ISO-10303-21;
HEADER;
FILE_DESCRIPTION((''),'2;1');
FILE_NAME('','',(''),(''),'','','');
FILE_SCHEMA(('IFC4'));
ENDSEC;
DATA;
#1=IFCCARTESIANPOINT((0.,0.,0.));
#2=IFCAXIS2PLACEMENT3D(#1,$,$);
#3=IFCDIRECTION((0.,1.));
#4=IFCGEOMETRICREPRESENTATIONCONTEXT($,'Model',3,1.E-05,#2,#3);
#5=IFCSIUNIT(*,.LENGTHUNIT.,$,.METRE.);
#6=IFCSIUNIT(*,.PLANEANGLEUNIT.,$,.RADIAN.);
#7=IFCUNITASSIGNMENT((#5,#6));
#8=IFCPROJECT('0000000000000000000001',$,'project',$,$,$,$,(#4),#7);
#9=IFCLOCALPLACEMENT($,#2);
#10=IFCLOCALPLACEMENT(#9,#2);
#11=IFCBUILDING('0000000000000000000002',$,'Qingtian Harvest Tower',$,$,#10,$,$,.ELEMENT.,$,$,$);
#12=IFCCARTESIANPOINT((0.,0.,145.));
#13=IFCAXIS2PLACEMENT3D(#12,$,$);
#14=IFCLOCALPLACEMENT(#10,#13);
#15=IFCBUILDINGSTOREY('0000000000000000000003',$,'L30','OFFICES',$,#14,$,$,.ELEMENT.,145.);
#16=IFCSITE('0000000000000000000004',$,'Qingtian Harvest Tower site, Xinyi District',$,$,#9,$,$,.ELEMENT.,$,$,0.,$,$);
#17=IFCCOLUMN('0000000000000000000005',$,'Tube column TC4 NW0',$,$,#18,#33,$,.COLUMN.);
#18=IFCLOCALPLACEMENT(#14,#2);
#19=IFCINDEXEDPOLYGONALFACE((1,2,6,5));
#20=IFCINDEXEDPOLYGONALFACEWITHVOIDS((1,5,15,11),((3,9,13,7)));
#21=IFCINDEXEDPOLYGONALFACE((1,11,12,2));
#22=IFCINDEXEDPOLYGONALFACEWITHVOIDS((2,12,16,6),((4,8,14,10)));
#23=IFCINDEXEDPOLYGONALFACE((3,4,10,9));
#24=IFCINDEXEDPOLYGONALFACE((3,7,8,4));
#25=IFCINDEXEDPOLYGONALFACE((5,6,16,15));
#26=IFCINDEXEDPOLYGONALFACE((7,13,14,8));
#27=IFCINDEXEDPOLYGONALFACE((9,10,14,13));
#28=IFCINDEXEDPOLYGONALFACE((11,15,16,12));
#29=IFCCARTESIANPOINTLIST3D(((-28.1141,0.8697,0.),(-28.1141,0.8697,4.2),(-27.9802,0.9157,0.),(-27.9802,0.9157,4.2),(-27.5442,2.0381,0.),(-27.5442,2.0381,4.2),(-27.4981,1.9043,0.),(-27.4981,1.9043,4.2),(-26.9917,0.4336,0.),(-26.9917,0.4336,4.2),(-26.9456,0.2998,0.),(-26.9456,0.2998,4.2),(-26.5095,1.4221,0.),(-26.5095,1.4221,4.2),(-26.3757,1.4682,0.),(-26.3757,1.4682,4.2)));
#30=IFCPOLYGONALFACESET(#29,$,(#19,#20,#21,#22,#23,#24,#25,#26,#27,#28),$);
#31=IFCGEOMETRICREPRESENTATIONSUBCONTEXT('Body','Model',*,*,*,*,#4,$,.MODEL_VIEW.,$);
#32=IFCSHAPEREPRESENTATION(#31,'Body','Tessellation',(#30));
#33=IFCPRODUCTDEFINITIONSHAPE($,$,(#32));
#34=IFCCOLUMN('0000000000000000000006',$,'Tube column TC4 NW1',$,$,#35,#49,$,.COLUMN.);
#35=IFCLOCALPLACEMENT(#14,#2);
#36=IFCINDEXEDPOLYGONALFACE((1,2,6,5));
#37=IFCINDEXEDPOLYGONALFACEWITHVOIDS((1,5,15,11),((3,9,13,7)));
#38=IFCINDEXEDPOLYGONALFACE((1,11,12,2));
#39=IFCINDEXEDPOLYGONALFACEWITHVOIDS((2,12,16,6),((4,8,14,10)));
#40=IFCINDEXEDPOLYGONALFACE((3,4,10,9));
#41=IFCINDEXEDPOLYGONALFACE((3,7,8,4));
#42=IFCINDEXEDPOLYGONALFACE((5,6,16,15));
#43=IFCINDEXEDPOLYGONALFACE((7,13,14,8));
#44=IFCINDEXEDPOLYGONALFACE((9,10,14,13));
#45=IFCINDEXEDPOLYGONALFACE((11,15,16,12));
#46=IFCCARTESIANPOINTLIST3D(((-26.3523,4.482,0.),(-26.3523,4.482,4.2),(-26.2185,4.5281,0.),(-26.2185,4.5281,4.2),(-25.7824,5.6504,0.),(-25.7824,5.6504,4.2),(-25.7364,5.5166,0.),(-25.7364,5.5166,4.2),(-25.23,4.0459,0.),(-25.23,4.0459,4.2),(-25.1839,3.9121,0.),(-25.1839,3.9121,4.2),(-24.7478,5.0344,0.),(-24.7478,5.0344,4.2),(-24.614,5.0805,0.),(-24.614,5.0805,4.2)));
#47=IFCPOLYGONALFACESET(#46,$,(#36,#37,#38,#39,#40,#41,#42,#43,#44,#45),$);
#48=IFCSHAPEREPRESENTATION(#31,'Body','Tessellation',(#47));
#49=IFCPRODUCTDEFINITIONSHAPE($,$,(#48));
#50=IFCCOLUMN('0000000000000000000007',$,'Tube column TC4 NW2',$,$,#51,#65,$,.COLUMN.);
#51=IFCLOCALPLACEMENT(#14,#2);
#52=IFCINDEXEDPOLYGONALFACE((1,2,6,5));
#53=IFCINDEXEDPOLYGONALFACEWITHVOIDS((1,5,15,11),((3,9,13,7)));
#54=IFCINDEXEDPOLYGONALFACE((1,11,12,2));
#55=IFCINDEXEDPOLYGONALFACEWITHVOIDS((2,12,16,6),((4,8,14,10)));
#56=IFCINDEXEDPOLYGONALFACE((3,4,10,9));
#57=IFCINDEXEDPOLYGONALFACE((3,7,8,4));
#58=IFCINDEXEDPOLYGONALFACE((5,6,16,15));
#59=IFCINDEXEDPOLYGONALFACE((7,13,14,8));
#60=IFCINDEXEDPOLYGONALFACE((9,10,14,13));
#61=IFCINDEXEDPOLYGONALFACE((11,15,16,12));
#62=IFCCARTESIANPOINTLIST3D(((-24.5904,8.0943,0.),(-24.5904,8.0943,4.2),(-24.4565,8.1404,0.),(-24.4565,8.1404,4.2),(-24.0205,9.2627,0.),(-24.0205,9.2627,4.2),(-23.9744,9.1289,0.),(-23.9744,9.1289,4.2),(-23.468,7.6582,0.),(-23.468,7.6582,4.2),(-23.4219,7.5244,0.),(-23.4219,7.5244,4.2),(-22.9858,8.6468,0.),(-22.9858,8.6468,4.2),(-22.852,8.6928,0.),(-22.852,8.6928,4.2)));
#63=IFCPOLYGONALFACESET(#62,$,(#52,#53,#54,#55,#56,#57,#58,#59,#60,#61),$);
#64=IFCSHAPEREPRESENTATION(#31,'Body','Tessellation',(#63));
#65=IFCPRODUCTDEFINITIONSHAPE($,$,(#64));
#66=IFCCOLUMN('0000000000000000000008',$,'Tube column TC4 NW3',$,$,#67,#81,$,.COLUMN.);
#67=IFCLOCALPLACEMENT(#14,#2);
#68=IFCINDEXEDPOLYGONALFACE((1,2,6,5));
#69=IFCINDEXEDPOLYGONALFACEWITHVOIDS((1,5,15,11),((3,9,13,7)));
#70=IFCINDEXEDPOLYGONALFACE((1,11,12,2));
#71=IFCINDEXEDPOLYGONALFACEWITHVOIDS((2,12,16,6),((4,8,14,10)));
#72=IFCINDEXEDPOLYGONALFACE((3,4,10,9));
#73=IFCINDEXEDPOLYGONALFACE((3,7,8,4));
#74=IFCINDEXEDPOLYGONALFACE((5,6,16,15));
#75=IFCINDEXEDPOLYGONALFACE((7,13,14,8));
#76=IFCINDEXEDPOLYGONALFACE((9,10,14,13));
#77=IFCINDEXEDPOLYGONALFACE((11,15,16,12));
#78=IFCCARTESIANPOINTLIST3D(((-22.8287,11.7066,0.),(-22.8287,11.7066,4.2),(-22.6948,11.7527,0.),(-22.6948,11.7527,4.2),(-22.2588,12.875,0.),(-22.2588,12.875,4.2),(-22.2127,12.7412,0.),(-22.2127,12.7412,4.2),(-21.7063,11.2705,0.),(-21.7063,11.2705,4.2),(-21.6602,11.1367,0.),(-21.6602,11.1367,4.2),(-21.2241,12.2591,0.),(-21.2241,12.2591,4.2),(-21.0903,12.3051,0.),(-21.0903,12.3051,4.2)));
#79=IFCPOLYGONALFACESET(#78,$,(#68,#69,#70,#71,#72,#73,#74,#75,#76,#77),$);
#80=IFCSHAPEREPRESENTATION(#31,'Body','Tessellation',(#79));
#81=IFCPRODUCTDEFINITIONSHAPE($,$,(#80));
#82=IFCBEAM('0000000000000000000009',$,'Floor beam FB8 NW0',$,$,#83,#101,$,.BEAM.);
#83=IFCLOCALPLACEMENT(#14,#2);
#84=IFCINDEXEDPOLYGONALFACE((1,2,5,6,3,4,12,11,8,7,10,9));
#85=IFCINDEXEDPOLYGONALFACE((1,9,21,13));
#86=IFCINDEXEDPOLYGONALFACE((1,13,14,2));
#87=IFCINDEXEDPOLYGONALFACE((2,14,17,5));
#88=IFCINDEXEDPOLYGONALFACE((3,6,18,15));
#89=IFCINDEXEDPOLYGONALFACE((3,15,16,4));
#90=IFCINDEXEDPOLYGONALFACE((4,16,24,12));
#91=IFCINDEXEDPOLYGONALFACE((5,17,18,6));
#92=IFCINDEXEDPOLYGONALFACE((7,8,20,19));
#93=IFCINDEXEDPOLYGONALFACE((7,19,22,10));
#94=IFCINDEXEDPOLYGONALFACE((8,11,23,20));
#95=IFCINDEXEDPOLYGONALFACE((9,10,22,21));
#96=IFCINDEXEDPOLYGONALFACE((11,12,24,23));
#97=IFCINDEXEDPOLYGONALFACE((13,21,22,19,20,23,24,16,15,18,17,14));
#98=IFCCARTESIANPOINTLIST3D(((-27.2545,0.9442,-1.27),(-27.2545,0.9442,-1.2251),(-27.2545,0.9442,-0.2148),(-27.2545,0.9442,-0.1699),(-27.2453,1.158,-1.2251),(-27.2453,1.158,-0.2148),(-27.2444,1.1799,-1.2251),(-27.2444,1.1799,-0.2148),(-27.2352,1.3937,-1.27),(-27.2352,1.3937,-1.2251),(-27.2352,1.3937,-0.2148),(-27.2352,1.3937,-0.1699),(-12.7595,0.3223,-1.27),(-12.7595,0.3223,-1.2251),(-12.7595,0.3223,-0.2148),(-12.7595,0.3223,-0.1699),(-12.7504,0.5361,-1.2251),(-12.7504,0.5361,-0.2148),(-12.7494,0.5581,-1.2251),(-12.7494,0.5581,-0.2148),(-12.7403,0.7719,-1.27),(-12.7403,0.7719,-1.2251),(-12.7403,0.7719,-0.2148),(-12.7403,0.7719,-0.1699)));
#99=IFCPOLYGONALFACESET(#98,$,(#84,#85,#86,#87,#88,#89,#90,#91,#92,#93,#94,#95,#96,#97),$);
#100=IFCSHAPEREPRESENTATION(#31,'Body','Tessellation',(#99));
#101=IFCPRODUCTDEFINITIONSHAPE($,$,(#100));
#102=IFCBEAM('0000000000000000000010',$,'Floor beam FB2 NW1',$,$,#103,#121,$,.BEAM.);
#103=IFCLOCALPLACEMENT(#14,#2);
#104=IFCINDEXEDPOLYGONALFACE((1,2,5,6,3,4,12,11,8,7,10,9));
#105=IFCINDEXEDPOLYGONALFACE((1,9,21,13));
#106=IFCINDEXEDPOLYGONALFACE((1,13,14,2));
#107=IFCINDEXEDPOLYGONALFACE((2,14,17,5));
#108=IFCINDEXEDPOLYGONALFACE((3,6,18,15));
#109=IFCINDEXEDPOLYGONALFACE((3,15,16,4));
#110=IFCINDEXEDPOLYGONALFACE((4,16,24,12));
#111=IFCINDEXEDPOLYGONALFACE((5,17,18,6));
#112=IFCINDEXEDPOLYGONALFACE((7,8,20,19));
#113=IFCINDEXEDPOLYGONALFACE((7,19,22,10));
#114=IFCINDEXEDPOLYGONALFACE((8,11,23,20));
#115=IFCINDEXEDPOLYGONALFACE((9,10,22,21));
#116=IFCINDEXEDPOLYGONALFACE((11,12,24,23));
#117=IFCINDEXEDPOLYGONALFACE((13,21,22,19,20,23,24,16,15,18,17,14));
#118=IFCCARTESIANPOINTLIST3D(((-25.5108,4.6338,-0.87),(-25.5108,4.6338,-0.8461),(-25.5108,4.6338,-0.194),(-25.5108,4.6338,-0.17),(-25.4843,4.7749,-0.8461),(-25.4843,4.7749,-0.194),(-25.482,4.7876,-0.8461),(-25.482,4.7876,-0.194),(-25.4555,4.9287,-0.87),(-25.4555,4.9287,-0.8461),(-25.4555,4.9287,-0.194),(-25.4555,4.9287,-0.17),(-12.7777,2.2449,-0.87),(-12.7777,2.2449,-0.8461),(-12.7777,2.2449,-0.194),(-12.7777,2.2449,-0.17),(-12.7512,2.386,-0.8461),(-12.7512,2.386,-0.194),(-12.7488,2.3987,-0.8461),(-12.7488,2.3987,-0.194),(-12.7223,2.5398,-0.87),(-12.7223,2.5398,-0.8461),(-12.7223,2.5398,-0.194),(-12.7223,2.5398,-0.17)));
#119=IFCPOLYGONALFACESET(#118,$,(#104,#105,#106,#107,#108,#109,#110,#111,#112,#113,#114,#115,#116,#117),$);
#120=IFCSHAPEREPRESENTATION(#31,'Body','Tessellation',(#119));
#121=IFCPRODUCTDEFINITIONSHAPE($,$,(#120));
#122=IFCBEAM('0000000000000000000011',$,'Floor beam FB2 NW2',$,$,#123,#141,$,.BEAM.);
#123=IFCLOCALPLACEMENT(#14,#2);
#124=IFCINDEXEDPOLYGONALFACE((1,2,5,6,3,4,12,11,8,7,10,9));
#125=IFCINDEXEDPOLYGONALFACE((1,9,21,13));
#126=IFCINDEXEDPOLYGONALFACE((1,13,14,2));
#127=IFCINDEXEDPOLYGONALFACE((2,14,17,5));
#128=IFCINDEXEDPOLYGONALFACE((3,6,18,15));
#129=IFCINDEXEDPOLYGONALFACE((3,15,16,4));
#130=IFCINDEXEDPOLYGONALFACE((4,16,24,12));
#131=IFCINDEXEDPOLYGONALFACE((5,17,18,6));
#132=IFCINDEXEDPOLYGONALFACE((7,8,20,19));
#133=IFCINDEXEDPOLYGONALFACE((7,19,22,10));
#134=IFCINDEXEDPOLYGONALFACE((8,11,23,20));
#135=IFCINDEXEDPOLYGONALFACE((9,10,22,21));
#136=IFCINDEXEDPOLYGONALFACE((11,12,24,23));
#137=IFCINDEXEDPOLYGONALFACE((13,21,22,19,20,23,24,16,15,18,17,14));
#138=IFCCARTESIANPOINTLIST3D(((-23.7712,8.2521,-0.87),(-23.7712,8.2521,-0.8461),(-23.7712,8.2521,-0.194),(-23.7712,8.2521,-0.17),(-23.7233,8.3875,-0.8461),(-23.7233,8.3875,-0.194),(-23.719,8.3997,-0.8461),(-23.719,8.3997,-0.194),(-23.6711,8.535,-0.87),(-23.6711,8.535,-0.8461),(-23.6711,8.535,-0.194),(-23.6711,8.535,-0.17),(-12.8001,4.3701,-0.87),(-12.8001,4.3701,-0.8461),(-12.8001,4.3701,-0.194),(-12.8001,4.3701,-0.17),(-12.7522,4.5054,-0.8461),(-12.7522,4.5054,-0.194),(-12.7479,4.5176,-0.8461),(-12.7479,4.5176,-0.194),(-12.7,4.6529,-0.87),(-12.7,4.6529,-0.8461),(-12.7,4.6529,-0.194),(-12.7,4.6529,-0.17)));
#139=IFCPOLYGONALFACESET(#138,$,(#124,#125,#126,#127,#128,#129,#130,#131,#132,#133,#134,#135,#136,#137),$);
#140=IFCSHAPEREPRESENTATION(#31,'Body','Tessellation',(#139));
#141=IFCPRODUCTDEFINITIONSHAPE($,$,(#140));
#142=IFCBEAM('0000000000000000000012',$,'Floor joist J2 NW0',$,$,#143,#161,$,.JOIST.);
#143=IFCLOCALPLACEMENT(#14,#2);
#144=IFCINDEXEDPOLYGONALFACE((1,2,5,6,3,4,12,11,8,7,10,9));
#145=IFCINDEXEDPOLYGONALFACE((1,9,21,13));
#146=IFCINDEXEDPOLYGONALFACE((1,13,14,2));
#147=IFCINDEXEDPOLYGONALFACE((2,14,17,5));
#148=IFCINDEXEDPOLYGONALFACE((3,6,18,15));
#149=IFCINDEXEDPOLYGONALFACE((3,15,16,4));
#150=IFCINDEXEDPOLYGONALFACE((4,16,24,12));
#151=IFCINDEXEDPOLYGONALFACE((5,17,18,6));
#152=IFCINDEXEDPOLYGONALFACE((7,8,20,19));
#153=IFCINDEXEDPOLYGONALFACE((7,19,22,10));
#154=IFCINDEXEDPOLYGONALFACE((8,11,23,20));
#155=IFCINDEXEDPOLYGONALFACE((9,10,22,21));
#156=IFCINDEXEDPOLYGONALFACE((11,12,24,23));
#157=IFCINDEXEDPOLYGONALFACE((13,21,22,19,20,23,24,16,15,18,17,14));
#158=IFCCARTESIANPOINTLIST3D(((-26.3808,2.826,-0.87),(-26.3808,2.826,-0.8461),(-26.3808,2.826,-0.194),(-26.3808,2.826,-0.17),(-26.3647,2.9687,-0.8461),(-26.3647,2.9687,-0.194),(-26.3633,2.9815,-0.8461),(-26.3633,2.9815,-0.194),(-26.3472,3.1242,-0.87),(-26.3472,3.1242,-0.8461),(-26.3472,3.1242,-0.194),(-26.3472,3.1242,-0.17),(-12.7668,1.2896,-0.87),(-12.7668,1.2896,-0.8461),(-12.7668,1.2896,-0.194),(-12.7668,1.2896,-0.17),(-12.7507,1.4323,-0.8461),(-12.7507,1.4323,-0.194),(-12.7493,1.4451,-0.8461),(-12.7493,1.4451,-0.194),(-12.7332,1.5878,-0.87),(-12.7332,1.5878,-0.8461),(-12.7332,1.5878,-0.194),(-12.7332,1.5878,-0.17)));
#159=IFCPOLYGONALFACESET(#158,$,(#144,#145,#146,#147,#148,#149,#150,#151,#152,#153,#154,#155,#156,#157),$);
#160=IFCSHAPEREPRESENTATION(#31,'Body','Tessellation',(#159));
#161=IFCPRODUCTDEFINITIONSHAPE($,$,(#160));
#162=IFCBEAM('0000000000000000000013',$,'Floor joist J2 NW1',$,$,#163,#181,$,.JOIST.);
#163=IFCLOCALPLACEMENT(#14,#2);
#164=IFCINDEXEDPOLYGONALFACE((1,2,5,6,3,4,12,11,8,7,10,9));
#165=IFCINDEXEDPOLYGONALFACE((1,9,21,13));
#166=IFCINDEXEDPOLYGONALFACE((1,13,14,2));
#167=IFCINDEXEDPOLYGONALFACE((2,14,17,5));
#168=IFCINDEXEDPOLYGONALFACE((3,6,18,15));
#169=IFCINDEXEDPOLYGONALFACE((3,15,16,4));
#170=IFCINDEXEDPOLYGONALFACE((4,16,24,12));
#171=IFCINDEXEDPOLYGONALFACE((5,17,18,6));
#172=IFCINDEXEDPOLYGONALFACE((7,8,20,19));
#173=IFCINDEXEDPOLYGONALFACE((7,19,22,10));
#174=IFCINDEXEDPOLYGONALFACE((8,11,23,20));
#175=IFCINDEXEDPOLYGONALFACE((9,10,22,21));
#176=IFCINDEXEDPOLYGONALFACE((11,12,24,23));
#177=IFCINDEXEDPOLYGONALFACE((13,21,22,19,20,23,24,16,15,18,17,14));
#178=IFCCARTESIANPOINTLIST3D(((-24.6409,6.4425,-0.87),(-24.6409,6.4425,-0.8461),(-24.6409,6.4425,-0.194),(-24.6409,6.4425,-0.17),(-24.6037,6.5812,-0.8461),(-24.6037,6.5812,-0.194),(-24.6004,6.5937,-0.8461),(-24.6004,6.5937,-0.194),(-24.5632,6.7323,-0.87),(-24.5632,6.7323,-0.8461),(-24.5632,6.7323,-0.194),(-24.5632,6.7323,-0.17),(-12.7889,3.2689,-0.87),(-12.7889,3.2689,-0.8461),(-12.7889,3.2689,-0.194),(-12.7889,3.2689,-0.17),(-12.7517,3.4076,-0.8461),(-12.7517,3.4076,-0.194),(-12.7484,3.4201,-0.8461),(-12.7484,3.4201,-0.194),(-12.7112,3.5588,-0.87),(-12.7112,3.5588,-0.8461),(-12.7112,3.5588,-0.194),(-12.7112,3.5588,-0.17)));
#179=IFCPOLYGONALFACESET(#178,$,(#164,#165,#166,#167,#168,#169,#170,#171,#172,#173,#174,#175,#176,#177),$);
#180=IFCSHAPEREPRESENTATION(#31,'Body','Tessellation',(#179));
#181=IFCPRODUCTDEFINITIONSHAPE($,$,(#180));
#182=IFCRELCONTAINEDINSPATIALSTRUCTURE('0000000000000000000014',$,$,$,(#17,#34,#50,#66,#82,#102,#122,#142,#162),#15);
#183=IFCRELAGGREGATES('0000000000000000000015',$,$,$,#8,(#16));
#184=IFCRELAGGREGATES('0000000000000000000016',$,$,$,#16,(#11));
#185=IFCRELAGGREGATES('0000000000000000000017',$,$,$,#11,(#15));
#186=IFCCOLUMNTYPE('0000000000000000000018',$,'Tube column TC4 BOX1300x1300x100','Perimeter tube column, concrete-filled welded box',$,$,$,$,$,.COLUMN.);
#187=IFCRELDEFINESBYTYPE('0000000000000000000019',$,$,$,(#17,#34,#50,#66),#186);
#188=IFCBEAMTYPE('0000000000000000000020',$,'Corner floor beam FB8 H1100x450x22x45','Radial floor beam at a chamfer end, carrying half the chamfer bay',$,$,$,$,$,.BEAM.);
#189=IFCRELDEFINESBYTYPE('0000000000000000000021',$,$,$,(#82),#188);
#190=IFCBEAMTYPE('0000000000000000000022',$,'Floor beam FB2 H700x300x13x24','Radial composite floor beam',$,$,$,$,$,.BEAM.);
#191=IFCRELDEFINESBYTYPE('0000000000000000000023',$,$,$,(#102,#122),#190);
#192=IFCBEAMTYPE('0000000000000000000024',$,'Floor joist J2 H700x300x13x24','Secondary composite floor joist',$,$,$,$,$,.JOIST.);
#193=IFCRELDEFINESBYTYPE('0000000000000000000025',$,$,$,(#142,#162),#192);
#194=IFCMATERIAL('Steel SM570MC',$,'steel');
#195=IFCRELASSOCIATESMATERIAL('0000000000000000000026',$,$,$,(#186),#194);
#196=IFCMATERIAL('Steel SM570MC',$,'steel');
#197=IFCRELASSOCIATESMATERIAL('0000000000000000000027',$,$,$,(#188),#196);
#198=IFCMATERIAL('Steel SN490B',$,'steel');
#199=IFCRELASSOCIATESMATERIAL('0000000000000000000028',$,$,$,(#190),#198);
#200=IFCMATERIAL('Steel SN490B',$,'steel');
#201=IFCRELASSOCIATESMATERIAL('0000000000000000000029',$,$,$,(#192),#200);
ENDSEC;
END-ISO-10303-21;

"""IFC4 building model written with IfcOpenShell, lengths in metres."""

from ifc_helpers import new_model, si_unit, direction, frame, origin, origin_2d, place, context, subcontext, project, spatial, hollow_rectangle, i_section, extrude, material, material_profile, profile_set, type_object, element, save


model = new_model("IFC4")

# Units and contexts
model_context = context("Model", 3, precision=1e-05, world=origin(), true_north=direction((0.0, 1.0)))
body_context = subcontext(model_context, "Body", "Model", "MODEL_VIEW")
ifc_project = project(units=[si_unit("LENGTHUNIT", "METRE"), si_unit("PLANEANGLEUNIT", "RADIAN")], contexts=[model_context])

# Site, building, storey
site_placement = place(None, origin())
site = spatial("IfcSite", under=ifc_project, at=site_placement, Name="Qingtian Harvest Tower site, Xinyi District", CompositionType="ELEMENT", RefElevation=0.0)
building_placement = place(site_placement, origin())
building = spatial("IfcBuilding", under=site, at=building_placement, Name="Qingtian Harvest Tower", CompositionType="ELEMENT")
storey_placement = place(building_placement, frame((0.0, 0.0, 145.0)))
storey = spatial("IfcBuildingStorey", under=building, at=storey_placement, Name="L30", Description="OFFICES", CompositionType="ELEMENT", Elevation=145.0)

# Columns
ifc_material_1 = material(Name="Steel SM570MC", Category="steel")
ifc_material_profile_1 = material_profile(ifc_material_1, hollow_rectangle(XDim=1.3, YDim=1.3, WallThickness=0.1001, at=origin_2d()), Name="BOX1300x1300x100")
ifc_profile_set_1 = profile_set([ifc_material_profile_1], Name="Steel SM570MC")
column_type = type_object("IfcColumnType", Name="Tube column TC4 BOX1300x1300x100", Description="Perimeter tube column, concrete-filled welded box", PredefinedType="COLUMN", material=ifc_profile_set_1)
for number, where, z_axis, x_axis, name in (
    (1, (-27.2449, 1.1689, 0.0), (0.0, 0.0, 1.0), (-0.438371, -0.898794, 0.0), "Tube column TC4 NW0"),
    (2, (-25.4832, 4.7812, 0.0), (0.0, 0.0, 1.0), (-0.438371, -0.898794, 0.0), "Tube column TC4 NW1"),
    (3, (-23.7212, 8.3936, 0.0), (0.0, 0.0, 1.0), (-0.438371, -0.898794, 0.0), "Tube column TC4 NW2"),
    (4, (-21.9595, 12.0059, 0.0), (0.0, 0.0, 1.0), (-0.438371, -0.898794, 0.0), "Tube column TC4 NW3"),
):
    element("IfcColumn", number, at=place(storey_placement, frame(where, z_axis=z_axis, x_axis=x_axis)), inside=storey, type_object=column_type, Name=name, PredefinedType="COLUMN", context=body_context, shape_type="SweptSolid", body=[
        extrude(hollow_rectangle(XDim=1.3, YDim=1.3, WallThickness=0.1001, at=origin_2d()), origin(), (0.0, 0.0, 1.0), 4.2),
    ])

# Beams
ifc_material_2 = material(Name="Steel SM570MC", Category="steel")
ifc_material_profile_2 = material_profile(ifc_material_2, i_section(OverallWidth=0.45, OverallDepth=1.1001, WebThickness=0.022, FlangeThickness=0.0449, at=origin_2d()), Name="H1100x450x22x45")
ifc_profile_set_2 = profile_set([ifc_material_profile_2], Name="Steel SM570MC")
beam_type_1 = type_object("IfcBeamType", Name="Corner floor beam FB8 H1100x450x22x45", Description="Radial floor beam at a chamfer end, carrying half the chamfer bay", PredefinedType="BEAM", material=ifc_profile_set_2)
beam_1_placement = place(storey_placement, frame((-27.2449, 1.1689, -0.72), z_axis=(0.999081, -0.04286, 0.0), x_axis=(0.04286, 0.999081, 0.0)))
element("IfcBeam", 5, at=beam_1_placement, inside=storey, type_object=beam_type_1, Name="Floor beam FB8 NW0", PredefinedType="BEAM", context=body_context, shape_type="SweptSolid", body=[
    extrude(i_section(OverallWidth=0.45, OverallDepth=1.1001, WebThickness=0.022, FlangeThickness=0.0449, at=origin_2d()), origin(), (0.0, 0.0, 1.0), 14.5083),
])
ifc_material_3 = material(Name="Steel SN490B", Category="steel")
ifc_material_profile_3 = material_profile(ifc_material_3, i_section(OverallWidth=0.3, OverallDepth=0.7, WebThickness=0.0129, FlangeThickness=0.0239, at=origin_2d()), Name="H700x300x13x24")
ifc_profile_set_3 = profile_set([ifc_material_profile_3], Name="Steel SN490B")
beam_type_2 = type_object("IfcBeamType", Name="Floor beam FB2 H700x300x13x24", Description="Radial composite floor beam", PredefinedType="BEAM", material=ifc_profile_set_3)
beam_2_placement = place(storey_placement, frame((-25.4832, 4.7812, -0.52), z_axis=(0.982852, -0.184397, 0.0), x_axis=(0.184397, 0.982852, 0.0)))
element("IfcBeam", 6, at=beam_2_placement, inside=storey, type_object=beam_type_2, Name="Floor beam FB2 NW1", PredefinedType="BEAM", context=body_context, shape_type="SweptSolid", body=[
    extrude(i_section(OverallWidth=0.3, OverallDepth=0.7, WebThickness=0.0129, FlangeThickness=0.0239, at=origin_2d()), origin(), (0.0, 0.0, 1.0), 12.9553),
])
beam_3_placement = place(storey_placement, frame((-23.7212, 8.3936, -0.52), z_axis=(0.942723, -0.333576, 0.0), x_axis=(0.333576, 0.942723, 0.0)))
element("IfcBeam", 7, at=beam_3_placement, inside=storey, type_object=beam_type_2, Name="Floor beam FB2 NW2", PredefinedType="BEAM", context=body_context, shape_type="SweptSolid", body=[
    extrude(i_section(OverallWidth=0.3, OverallDepth=0.7, WebThickness=0.0129, FlangeThickness=0.0239, at=origin_2d()), origin(), (0.0, 0.0, 1.0), 11.6377),
])
ifc_material_4 = material(Name="Steel SN490B", Category="steel")
ifc_material_profile_4 = material_profile(ifc_material_4, i_section(OverallWidth=0.3, OverallDepth=0.7, WebThickness=0.0129, FlangeThickness=0.0239, at=origin_2d()), Name="H700x300x13x24")
ifc_profile_set_4 = profile_set([ifc_material_profile_4], Name="Steel SN490B")
beam_type_3 = type_object("IfcBeamType", Name="Floor joist J2 H700x300x13x24", Description="Secondary composite floor joist", PredefinedType="JOIST", material=ifc_profile_set_4)
beam_4_placement = place(storey_placement, frame((-26.364, 2.9751, -0.52), z_axis=(0.993692, -0.112141, 0.0), x_axis=(0.112141, 0.993692, 0.0)))
element("IfcBeam", 8, at=beam_4_placement, inside=storey, type_object=beam_type_3, Name="Floor joist J2 NW0", PredefinedType="JOIST", context=body_context, shape_type="SweptSolid", body=[
    extrude(i_section(OverallWidth=0.3, OverallDepth=0.7, WebThickness=0.0129, FlangeThickness=0.0239, at=origin_2d()), origin(), (0.0, 0.0, 1.0), 13.7004),
])
beam_5_placement = place(storey_placement, frame((-24.6021, 6.5874, -0.52), z_axis=(0.96597, -0.258655, 0.0), x_axis=(0.258655, 0.96597, 0.0)))
element("IfcBeam", 9, at=beam_5_placement, inside=storey, type_object=beam_type_3, Name="Floor joist J2 NW1", PredefinedType="JOIST", context=body_context, shape_type="SweptSolid", body=[
    extrude(i_section(OverallWidth=0.3, OverallDepth=0.7, WebThickness=0.0129, FlangeThickness=0.0239, at=origin_2d()), origin(), (0.0, 0.0, 1.0), 12.2695),
])

save(model, "model.ifc")
